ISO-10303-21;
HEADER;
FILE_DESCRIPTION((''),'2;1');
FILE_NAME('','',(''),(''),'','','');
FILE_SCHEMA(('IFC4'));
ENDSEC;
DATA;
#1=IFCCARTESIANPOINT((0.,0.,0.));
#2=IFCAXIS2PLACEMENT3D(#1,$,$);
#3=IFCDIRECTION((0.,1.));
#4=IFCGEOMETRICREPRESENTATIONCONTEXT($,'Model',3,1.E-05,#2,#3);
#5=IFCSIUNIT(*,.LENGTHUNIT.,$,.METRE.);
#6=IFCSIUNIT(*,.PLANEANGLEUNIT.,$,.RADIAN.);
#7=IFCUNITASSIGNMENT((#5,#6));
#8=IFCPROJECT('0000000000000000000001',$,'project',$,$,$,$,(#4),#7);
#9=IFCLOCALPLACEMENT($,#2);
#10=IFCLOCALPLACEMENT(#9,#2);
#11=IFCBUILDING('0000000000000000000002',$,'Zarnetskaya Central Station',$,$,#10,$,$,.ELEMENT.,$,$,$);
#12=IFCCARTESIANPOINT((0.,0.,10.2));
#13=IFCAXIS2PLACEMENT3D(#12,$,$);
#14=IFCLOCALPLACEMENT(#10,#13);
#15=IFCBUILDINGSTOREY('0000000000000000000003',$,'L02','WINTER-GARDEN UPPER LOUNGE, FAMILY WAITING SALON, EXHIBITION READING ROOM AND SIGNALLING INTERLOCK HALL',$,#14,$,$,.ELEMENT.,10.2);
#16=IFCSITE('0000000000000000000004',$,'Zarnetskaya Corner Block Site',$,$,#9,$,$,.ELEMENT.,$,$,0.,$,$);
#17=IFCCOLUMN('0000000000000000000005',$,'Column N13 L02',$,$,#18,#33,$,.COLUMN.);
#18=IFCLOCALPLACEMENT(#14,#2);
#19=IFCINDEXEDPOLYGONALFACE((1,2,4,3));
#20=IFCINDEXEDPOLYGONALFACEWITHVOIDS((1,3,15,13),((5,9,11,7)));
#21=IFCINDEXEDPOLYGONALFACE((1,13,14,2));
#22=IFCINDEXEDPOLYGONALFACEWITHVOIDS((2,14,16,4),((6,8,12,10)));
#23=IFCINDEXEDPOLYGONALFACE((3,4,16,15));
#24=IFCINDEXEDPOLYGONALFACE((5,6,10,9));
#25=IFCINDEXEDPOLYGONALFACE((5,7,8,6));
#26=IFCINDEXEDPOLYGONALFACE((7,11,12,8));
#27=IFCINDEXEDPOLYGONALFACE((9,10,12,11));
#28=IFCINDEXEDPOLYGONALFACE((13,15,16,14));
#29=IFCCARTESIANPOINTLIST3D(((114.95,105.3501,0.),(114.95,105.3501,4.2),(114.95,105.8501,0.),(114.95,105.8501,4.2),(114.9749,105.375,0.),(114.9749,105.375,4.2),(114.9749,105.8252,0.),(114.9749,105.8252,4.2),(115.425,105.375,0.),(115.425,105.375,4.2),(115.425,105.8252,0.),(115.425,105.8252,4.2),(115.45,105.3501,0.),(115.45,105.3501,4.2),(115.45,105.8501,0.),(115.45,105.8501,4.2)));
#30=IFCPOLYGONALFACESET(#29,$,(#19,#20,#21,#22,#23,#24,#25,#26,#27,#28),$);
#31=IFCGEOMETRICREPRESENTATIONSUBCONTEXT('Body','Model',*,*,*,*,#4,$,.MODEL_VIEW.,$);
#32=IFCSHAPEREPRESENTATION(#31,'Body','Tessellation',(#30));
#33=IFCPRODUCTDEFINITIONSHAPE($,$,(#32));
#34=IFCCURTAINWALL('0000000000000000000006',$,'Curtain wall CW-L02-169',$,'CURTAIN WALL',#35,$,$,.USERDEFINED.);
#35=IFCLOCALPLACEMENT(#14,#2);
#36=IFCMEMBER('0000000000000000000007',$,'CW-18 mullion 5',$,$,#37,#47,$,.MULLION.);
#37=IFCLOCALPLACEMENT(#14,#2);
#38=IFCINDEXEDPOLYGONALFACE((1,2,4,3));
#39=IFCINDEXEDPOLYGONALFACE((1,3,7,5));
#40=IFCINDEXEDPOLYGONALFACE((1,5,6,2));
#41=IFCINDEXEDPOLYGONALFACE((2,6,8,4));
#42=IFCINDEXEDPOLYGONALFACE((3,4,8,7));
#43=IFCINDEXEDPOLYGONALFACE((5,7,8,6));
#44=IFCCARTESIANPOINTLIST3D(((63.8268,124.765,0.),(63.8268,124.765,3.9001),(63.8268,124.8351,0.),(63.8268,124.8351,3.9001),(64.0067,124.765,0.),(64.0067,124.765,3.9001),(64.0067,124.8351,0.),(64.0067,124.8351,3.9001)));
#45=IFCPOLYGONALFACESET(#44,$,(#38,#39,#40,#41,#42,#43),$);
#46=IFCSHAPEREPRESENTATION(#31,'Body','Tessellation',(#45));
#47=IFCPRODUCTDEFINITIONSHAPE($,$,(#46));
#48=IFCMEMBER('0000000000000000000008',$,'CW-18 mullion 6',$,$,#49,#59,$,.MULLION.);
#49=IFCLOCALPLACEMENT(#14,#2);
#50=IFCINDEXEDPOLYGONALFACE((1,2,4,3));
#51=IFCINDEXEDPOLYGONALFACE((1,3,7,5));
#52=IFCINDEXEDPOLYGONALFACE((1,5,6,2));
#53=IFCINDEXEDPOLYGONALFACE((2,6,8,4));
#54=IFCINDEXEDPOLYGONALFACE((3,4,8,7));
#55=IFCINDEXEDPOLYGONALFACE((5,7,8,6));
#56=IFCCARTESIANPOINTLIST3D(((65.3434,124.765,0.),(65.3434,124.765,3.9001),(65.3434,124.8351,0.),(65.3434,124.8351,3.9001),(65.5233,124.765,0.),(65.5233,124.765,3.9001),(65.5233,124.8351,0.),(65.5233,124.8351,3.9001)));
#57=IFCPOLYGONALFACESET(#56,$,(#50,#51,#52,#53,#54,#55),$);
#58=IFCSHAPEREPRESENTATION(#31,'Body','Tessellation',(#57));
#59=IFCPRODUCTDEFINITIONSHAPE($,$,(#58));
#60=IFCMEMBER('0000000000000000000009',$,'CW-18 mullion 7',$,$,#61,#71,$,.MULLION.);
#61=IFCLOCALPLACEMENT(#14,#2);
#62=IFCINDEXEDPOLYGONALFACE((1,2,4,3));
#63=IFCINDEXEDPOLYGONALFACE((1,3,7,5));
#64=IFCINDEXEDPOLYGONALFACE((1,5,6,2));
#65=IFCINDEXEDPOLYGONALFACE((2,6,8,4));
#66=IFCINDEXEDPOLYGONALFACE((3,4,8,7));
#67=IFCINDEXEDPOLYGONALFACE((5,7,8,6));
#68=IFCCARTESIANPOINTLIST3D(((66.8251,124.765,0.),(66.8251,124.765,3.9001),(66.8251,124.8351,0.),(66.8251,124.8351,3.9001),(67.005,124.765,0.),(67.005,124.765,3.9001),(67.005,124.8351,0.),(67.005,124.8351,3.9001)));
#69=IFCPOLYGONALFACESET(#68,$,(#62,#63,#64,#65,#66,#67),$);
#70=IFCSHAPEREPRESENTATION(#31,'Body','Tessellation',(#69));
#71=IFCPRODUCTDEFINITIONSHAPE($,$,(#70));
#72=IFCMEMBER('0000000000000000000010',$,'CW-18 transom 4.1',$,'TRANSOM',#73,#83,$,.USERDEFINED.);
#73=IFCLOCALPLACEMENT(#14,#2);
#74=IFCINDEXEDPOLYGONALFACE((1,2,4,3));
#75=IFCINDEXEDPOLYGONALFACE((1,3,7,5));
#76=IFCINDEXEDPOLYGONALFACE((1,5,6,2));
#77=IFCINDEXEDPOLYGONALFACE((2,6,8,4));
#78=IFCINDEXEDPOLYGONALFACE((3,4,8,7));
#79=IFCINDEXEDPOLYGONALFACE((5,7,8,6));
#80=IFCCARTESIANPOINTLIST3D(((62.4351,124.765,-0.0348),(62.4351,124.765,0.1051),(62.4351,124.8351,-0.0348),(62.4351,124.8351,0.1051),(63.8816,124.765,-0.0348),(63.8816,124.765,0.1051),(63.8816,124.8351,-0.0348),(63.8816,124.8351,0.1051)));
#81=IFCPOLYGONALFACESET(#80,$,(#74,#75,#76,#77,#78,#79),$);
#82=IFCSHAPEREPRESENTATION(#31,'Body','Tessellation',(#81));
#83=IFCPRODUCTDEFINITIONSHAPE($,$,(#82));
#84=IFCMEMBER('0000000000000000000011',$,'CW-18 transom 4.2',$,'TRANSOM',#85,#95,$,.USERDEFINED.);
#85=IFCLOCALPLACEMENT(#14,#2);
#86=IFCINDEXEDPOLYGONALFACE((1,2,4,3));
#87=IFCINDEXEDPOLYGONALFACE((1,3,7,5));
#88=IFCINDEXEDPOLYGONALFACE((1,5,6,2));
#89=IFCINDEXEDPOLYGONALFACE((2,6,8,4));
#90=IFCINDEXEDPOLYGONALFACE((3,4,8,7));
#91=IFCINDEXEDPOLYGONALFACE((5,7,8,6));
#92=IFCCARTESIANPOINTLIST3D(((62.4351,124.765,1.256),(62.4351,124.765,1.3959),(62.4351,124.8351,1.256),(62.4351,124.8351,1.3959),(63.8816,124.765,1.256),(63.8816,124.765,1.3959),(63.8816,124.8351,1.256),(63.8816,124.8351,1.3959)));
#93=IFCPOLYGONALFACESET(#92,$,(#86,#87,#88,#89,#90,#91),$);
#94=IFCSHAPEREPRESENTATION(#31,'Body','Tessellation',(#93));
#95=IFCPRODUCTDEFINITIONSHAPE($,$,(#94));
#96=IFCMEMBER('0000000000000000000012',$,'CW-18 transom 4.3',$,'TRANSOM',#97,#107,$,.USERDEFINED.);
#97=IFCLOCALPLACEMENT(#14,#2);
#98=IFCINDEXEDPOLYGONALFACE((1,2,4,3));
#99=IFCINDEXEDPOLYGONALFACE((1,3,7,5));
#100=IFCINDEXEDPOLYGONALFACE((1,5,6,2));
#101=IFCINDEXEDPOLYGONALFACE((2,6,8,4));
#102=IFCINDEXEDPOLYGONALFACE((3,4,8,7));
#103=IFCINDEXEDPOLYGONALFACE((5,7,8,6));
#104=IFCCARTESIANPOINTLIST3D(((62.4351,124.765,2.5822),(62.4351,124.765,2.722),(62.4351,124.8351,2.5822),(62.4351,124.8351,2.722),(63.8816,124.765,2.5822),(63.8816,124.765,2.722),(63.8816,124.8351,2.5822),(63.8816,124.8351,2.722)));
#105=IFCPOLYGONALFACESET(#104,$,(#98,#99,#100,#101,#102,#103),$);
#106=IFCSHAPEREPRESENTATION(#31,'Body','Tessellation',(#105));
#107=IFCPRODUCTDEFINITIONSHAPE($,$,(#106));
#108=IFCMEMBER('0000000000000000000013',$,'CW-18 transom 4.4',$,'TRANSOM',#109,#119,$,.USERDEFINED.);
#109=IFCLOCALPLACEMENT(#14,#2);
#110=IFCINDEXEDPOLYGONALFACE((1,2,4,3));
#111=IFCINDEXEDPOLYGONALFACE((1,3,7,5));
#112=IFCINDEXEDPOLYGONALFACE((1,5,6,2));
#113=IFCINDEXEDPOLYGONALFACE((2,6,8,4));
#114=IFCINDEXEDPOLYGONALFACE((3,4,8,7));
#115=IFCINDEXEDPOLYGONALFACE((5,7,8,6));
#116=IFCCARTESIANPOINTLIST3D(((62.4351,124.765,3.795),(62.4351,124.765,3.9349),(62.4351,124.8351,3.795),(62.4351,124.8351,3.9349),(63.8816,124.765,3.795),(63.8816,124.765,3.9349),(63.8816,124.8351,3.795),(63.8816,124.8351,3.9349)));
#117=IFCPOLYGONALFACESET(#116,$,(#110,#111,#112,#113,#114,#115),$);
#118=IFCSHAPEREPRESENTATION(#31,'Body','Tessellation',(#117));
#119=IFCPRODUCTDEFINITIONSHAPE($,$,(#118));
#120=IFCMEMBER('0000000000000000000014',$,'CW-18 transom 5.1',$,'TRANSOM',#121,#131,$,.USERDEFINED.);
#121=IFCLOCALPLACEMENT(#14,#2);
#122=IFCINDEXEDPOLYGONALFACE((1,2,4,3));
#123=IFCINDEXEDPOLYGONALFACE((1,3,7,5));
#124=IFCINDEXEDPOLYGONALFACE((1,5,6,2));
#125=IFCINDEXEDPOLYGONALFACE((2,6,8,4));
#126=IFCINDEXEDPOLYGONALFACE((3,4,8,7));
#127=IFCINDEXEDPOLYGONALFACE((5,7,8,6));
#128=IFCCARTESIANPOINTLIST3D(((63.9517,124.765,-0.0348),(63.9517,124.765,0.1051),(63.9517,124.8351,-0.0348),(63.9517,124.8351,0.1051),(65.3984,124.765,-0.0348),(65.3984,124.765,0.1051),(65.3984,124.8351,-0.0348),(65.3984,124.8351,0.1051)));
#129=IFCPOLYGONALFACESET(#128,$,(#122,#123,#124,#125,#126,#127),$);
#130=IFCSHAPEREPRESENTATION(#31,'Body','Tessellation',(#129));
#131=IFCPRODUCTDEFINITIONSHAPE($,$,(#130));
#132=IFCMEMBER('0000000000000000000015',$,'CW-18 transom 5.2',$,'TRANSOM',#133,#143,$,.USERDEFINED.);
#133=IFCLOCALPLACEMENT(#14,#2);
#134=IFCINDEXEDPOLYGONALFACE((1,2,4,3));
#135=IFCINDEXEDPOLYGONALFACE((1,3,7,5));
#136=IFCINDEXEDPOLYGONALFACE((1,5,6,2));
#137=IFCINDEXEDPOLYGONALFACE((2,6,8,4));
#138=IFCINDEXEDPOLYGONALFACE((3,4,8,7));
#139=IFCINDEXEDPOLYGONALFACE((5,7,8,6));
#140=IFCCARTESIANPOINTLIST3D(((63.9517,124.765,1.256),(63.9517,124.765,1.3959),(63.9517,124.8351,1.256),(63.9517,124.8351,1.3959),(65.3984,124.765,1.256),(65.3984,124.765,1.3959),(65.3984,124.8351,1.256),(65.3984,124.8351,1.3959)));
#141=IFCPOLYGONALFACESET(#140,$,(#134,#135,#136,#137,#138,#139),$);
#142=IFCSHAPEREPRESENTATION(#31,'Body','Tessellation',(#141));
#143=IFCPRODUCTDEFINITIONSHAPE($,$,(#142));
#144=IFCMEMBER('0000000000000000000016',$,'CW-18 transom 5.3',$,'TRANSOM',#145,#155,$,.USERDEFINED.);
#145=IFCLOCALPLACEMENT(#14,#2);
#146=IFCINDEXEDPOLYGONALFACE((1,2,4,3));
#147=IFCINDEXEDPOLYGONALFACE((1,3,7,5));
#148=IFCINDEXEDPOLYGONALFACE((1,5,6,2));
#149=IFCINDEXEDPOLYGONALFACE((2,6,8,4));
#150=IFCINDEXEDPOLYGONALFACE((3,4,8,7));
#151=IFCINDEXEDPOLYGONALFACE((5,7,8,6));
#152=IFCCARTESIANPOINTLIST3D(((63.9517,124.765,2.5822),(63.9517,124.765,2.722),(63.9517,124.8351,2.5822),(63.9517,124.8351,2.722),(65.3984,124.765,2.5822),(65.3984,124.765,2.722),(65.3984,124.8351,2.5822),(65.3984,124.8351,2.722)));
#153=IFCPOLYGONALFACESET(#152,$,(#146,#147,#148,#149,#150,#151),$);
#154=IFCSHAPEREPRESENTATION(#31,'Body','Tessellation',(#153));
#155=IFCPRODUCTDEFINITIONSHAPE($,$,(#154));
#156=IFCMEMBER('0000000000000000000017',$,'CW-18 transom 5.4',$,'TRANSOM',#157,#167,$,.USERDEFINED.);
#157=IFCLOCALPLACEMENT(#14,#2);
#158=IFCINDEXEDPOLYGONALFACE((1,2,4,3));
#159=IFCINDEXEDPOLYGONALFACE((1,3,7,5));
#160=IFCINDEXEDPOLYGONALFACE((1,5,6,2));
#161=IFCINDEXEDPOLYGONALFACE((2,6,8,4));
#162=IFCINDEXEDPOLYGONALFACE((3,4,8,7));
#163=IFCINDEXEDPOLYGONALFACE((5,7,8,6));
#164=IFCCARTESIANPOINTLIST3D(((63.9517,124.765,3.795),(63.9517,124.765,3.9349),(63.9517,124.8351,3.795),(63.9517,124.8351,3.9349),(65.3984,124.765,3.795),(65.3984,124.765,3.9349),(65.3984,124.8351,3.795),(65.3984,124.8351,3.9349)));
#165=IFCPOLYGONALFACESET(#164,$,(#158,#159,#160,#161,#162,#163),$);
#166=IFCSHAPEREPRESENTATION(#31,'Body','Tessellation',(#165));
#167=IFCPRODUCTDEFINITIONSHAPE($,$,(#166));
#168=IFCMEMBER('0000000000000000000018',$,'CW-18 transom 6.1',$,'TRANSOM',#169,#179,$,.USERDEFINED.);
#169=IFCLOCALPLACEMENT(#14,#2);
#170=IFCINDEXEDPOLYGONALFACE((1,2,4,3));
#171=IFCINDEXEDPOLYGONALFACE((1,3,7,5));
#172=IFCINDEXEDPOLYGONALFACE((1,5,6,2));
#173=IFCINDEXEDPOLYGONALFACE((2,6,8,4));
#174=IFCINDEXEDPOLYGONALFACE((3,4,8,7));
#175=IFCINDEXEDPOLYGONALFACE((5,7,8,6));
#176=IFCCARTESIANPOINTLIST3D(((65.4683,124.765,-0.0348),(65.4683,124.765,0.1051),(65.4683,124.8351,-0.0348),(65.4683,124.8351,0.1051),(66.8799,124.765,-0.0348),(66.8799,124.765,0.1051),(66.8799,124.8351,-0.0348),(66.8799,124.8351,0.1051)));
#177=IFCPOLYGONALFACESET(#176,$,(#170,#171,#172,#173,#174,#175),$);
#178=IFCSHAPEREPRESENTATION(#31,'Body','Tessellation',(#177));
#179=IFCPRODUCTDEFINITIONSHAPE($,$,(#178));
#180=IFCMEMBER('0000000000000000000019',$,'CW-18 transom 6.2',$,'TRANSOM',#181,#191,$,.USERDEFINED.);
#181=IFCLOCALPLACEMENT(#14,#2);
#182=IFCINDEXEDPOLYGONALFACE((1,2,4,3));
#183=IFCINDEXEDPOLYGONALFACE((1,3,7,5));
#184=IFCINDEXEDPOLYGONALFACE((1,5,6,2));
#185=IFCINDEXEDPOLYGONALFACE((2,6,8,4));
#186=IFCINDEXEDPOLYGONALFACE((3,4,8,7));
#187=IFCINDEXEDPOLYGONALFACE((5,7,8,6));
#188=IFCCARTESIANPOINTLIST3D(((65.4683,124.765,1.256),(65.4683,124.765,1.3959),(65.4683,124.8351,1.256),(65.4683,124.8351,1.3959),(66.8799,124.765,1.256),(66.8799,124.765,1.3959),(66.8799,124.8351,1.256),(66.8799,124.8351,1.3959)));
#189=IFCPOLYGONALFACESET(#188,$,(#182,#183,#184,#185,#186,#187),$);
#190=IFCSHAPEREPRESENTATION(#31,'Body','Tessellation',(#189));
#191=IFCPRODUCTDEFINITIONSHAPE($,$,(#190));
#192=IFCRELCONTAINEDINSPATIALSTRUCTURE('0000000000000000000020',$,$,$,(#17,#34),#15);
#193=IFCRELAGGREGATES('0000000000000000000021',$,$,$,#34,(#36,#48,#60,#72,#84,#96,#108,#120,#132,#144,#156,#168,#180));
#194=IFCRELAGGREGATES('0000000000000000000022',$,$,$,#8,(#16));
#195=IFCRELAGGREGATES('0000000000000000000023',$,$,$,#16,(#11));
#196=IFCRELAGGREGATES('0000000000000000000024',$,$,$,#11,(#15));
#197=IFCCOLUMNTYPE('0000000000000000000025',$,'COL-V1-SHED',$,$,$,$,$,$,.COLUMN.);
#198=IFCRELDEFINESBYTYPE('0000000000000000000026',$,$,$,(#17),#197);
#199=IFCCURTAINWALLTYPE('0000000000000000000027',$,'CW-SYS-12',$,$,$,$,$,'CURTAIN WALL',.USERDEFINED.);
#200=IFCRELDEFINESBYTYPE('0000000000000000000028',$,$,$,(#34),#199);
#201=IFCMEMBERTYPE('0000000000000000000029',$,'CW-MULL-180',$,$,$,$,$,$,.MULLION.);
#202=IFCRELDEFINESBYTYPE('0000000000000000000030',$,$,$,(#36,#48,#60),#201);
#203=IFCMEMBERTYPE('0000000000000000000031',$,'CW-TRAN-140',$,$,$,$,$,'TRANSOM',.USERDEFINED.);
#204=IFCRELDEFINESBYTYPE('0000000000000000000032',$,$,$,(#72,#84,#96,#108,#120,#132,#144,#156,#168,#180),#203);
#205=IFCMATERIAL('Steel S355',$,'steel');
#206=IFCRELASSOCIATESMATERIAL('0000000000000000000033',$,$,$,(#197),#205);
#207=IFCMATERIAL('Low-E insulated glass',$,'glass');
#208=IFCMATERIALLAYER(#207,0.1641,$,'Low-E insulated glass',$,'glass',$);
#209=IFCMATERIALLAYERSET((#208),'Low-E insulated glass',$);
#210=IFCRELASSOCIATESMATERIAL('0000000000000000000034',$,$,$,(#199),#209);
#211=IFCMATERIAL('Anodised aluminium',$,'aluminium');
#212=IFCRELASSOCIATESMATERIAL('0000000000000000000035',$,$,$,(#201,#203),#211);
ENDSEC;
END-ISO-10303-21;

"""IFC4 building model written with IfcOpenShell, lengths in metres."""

from ifc_helpers import new_model, si_unit, direction, frame, origin, origin_2d, place, context, subcontext, project, spatial, rectangle, hollow_rectangle, extrude, material, layer, layer_set, material_profile, profile_set, type_object, element, aggregate, save


model = new_model("IFC4")

# Units and contexts
model_context = context("Model", 3, precision=1e-05, world=origin(), true_north=direction((0.0, 1.0)))
body_context = subcontext(model_context, "Body", "Model", "MODEL_VIEW")
ifc_project = project(units=[si_unit("LENGTHUNIT", "METRE"), si_unit("PLANEANGLEUNIT", "RADIAN")], contexts=[model_context])

# Site, building, storey
site_placement = place(None, origin())
site = spatial("IfcSite", under=ifc_project, at=site_placement, Name="Zarnetskaya Corner Block Site", CompositionType="ELEMENT", RefElevation=0.0)
building_placement = place(site_placement, origin())
building = spatial("IfcBuilding", under=site, at=building_placement, Name="Zarnetskaya Central Station", CompositionType="ELEMENT")
storey_placement = place(building_placement, frame((0.0, 0.0, 10.2)))
storey = spatial("IfcBuildingStorey", under=building, at=storey_placement, Name="L02", Description="WINTER-GARDEN UPPER LOUNGE, FAMILY WAITING SALON, EXHIBITION READING ROOM AND SIGNALLING INTERLOCK HALL", CompositionType="ELEMENT", Elevation=10.2)

# Column
ifc_material_1 = material(Name="Steel S355", Category="steel")
ifc_material_profile_1 = material_profile(ifc_material_1, hollow_rectangle(XDim=0.5, YDim=0.5, WallThickness=0.0249, at=origin_2d()), Name="BOX 500x500x25")
ifc_profile_set_1 = profile_set([ifc_material_profile_1], Name="Steel S355")
column_type = type_object("IfcColumnType", Name="COL-V1-SHED", PredefinedType="COLUMN", material=ifc_profile_set_1)
column_placement = place(storey_placement, frame((115.2, 105.6001, 0.0), z_axis=(0.0, 0.0, 1.0), x_axis=(1.0, 0.0, 0.0)))
element("IfcColumn", 1, at=column_placement, inside=storey, type_object=column_type, Name="Column N13 L02", PredefinedType="COLUMN", context=body_context, shape_type="SweptSolid", body=[
    extrude(hollow_rectangle(XDim=0.5, YDim=0.5, WallThickness=0.0249, at=origin_2d()), origin(), (0.0, 0.0, 1.0), 4.2),
])

# Curtain wall, members
ifc_material_2 = material(Name="Low-E insulated glass", Category="glass")
ifc_layer_1 = layer(ifc_material_2, 0.1641, Name="Low-E insulated glass", Category="glass")
ifc_layer_set_1 = layer_set([ifc_layer_1], Name="Low-E insulated glass")
curtain_wall_type = type_object("IfcCurtainWallType", Name="CW-SYS-12", ElementType="CURTAIN WALL", PredefinedType="USERDEFINED", material=ifc_layer_set_1)
curtain_wall_placement = place(storey_placement, origin())
curtain_wall = element("IfcCurtainWall", 2, at=curtain_wall_placement, inside=storey, type_object=curtain_wall_type, Name="Curtain wall CW-L02-169", ObjectType="CURTAIN WALL", PredefinedType="USERDEFINED")
ifc_material_3 = material(Name="Anodised aluminium", Category="aluminium")
ifc_material_profile_2 = material_profile(ifc_material_3, rectangle(XDim=0.0701, YDim=0.1799, at=origin_2d()), Name="ALU MULL 70x180")
ifc_profile_set_2 = profile_set([ifc_material_profile_2], Name="Anodised aluminium")
member_type_1 = type_object("IfcMemberType", Name="CW-MULL-180", PredefinedType="MULLION", material=ifc_profile_set_2)
member_1_placement = place(storey_placement, frame((63.9167, 124.8, 0.0), z_axis=(0.0, 0.0, 1.0), x_axis=(0.0, 1.0, 0.0)))
member_1 = element("IfcMember", 3, at=member_1_placement, type_object=member_type_1, Name="CW-18 mullion 5", PredefinedType="MULLION", context=body_context, shape_type="SweptSolid", body=[
    extrude(rectangle(XDim=0.0701, YDim=0.1799, at=origin_2d()), origin(), (0.0, 0.0, 1.0), 3.9001),
])
member_2_placement = place(storey_placement, frame((65.4333, 124.8, 0.0), z_axis=(0.0, 0.0, 1.0), x_axis=(0.0, 1.0, 0.0)))
member_2 = element("IfcMember", 4, at=member_2_placement, type_object=member_type_1, Name="CW-18 mullion 6", PredefinedType="MULLION", context=body_context, shape_type="SweptSolid", body=[
    extrude(rectangle(XDim=0.0701, YDim=0.1799, at=origin_2d()), origin(), (0.0, 0.0, 1.0), 3.9001),
])
member_3_placement = place(storey_placement, frame((66.915, 124.8, 0.0), z_axis=(0.0, 0.0, 1.0), x_axis=(0.0, 1.0, 0.0)))
member_3 = element("IfcMember", 5, at=member_3_placement, type_object=member_type_1, Name="CW-18 mullion 7", PredefinedType="MULLION", context=body_context, shape_type="SweptSolid", body=[
    extrude(rectangle(XDim=0.0701, YDim=0.1799, at=origin_2d()), origin(), (0.0, 0.0, 1.0), 3.9001),
])
ifc_material_profile_3 = material_profile(ifc_material_3, rectangle(XDim=0.0701, YDim=0.1399, at=origin_2d()), Name="ALU TRAN 70x140")
ifc_profile_set_3 = profile_set([ifc_material_profile_3], Name="Anodised aluminium")
member_type_2 = type_object("IfcMemberType", Name="CW-TRAN-140", ElementType="TRANSOM", PredefinedType="USERDEFINED", material=ifc_profile_set_3)
member_4_placement = place(storey_placement, frame((62.4351, 124.8, 0.0352), z_axis=(1.0, 0.0, 0.0), x_axis=(0.0, 1.0, 0.0)))
member_4 = element("IfcMember", 6, at=member_4_placement, type_object=member_type_2, Name="CW-18 transom 4.1", ObjectType="TRANSOM", PredefinedType="USERDEFINED", context=body_context, shape_type="SweptSolid", body=[
    extrude(rectangle(XDim=0.0701, YDim=0.1399, at=origin_2d()), origin(), (0.0, 0.0, 1.0), 1.4465),
])
member_5_placement = place(storey_placement, frame((62.4351, 124.8, 1.3259), z_axis=(1.0, 0.0, 0.0), x_axis=(0.0, 1.0, 0.0)))
member_5 = element("IfcMember", 7, at=member_5_placement, type_object=member_type_2, Name="CW-18 transom 4.2", ObjectType="TRANSOM", PredefinedType="USERDEFINED", context=body_context, shape_type="SweptSolid", body=[
    extrude(rectangle(XDim=0.0701, YDim=0.1399, at=origin_2d()), origin(), (0.0, 0.0, 1.0), 1.4465),
])
member_6_placement = place(storey_placement, frame((62.4351, 124.8, 2.6521), z_axis=(1.0, 0.0, 0.0), x_axis=(0.0, 1.0, 0.0)))
member_6 = element("IfcMember", 8, at=member_6_placement, type_object=member_type_2, Name="CW-18 transom 4.3", ObjectType="TRANSOM", PredefinedType="USERDEFINED", context=body_context, shape_type="SweptSolid", body=[
    extrude(rectangle(XDim=0.0701, YDim=0.1399, at=origin_2d()), origin(), (0.0, 0.0, 1.0), 1.4465),
])
member_7_placement = place(storey_placement, frame((62.4351, 124.8, 3.865), z_axis=(1.0, 0.0, 0.0), x_axis=(0.0, 1.0, 0.0)))
member_7 = element("IfcMember", 9, at=member_7_placement, type_object=member_type_2, Name="CW-18 transom 4.4", ObjectType="TRANSOM", PredefinedType="USERDEFINED", context=body_context, shape_type="SweptSolid", body=[
    extrude(rectangle(XDim=0.0701, YDim=0.1399, at=origin_2d()), origin(), (0.0, 0.0, 1.0), 1.4465),
])
member_8_placement = place(storey_placement, frame((63.9517, 124.8, 0.0352), z_axis=(1.0, 0.0, 0.0), x_axis=(0.0, 1.0, 0.0)))
member_8 = element("IfcMember", 10, at=member_8_placement, type_object=member_type_2, Name="CW-18 transom 5.1", ObjectType="TRANSOM", PredefinedType="USERDEFINED", context=body_context, shape_type="SweptSolid", body=[
    extrude(rectangle(XDim=0.0701, YDim=0.1399, at=origin_2d()), origin(), (0.0, 0.0, 1.0), 1.4468),
])
member_9_placement = place(storey_placement, frame((63.9517, 124.8, 1.3259), z_axis=(1.0, 0.0, 0.0), x_axis=(0.0, 1.0, 0.0)))
member_9 = element("IfcMember", 11, at=member_9_placement, type_object=member_type_2, Name="CW-18 transom 5.2", ObjectType="TRANSOM", PredefinedType="USERDEFINED", context=body_context, shape_type="SweptSolid", body=[
    extrude(rectangle(XDim=0.0701, YDim=0.1399, at=origin_2d()), origin(), (0.0, 0.0, 1.0), 1.4468),
])
member_10_placement = place(storey_placement, frame((63.9517, 124.8, 2.6521), z_axis=(1.0, 0.0, 0.0), x_axis=(0.0, 1.0, 0.0)))
member_10 = element("IfcMember", 12, at=member_10_placement, type_object=member_type_2, Name="CW-18 transom 5.3", ObjectType="TRANSOM", PredefinedType="USERDEFINED", context=body_context, shape_type="SweptSolid", body=[
    extrude(rectangle(XDim=0.0701, YDim=0.1399, at=origin_2d()), origin(), (0.0, 0.0, 1.0), 1.4468),
])
member_11_placement = place(storey_placement, frame((63.9517, 124.8, 3.865), z_axis=(1.0, 0.0, 0.0), x_axis=(0.0, 1.0, 0.0)))
member_11 = element("IfcMember", 13, at=member_11_placement, type_object=member_type_2, Name="CW-18 transom 5.4", ObjectType="TRANSOM", PredefinedType="USERDEFINED", context=body_context, shape_type="SweptSolid", body=[
    extrude(rectangle(XDim=0.0701, YDim=0.1399, at=origin_2d()), origin(), (0.0, 0.0, 1.0), 1.4468),
])
member_12_placement = place(storey_placement, frame((65.4683, 124.8, 0.0352), z_axis=(1.0, 0.0, 0.0), x_axis=(0.0, 1.0, 0.0)))
member_12 = element("IfcMember", 14, at=member_12_placement, type_object=member_type_2, Name="CW-18 transom 6.1", ObjectType="TRANSOM", PredefinedType="USERDEFINED", context=body_context, shape_type="SweptSolid", body=[
    extrude(rectangle(XDim=0.0701, YDim=0.1399, at=origin_2d()), origin(), (0.0, 0.0, 1.0), 1.4116),
])
member_13_placement = place(storey_placement, frame((65.4683, 124.8, 1.3259), z_axis=(1.0, 0.0, 0.0), x_axis=(0.0, 1.0, 0.0)))
member_13 = element("IfcMember", 15, at=member_13_placement, type_object=member_type_2, Name="CW-18 transom 6.2", ObjectType="TRANSOM", PredefinedType="USERDEFINED", context=body_context, shape_type="SweptSolid", body=[
    extrude(rectangle(XDim=0.0701, YDim=0.1399, at=origin_2d()), origin(), (0.0, 0.0, 1.0), 1.4116),
])
aggregate(curtain_wall, [member_1, member_2, member_3, member_4, member_5, member_6, member_7, member_8, member_9, member_10, member_11, member_12, member_13])

save(model, "model.ifc")
